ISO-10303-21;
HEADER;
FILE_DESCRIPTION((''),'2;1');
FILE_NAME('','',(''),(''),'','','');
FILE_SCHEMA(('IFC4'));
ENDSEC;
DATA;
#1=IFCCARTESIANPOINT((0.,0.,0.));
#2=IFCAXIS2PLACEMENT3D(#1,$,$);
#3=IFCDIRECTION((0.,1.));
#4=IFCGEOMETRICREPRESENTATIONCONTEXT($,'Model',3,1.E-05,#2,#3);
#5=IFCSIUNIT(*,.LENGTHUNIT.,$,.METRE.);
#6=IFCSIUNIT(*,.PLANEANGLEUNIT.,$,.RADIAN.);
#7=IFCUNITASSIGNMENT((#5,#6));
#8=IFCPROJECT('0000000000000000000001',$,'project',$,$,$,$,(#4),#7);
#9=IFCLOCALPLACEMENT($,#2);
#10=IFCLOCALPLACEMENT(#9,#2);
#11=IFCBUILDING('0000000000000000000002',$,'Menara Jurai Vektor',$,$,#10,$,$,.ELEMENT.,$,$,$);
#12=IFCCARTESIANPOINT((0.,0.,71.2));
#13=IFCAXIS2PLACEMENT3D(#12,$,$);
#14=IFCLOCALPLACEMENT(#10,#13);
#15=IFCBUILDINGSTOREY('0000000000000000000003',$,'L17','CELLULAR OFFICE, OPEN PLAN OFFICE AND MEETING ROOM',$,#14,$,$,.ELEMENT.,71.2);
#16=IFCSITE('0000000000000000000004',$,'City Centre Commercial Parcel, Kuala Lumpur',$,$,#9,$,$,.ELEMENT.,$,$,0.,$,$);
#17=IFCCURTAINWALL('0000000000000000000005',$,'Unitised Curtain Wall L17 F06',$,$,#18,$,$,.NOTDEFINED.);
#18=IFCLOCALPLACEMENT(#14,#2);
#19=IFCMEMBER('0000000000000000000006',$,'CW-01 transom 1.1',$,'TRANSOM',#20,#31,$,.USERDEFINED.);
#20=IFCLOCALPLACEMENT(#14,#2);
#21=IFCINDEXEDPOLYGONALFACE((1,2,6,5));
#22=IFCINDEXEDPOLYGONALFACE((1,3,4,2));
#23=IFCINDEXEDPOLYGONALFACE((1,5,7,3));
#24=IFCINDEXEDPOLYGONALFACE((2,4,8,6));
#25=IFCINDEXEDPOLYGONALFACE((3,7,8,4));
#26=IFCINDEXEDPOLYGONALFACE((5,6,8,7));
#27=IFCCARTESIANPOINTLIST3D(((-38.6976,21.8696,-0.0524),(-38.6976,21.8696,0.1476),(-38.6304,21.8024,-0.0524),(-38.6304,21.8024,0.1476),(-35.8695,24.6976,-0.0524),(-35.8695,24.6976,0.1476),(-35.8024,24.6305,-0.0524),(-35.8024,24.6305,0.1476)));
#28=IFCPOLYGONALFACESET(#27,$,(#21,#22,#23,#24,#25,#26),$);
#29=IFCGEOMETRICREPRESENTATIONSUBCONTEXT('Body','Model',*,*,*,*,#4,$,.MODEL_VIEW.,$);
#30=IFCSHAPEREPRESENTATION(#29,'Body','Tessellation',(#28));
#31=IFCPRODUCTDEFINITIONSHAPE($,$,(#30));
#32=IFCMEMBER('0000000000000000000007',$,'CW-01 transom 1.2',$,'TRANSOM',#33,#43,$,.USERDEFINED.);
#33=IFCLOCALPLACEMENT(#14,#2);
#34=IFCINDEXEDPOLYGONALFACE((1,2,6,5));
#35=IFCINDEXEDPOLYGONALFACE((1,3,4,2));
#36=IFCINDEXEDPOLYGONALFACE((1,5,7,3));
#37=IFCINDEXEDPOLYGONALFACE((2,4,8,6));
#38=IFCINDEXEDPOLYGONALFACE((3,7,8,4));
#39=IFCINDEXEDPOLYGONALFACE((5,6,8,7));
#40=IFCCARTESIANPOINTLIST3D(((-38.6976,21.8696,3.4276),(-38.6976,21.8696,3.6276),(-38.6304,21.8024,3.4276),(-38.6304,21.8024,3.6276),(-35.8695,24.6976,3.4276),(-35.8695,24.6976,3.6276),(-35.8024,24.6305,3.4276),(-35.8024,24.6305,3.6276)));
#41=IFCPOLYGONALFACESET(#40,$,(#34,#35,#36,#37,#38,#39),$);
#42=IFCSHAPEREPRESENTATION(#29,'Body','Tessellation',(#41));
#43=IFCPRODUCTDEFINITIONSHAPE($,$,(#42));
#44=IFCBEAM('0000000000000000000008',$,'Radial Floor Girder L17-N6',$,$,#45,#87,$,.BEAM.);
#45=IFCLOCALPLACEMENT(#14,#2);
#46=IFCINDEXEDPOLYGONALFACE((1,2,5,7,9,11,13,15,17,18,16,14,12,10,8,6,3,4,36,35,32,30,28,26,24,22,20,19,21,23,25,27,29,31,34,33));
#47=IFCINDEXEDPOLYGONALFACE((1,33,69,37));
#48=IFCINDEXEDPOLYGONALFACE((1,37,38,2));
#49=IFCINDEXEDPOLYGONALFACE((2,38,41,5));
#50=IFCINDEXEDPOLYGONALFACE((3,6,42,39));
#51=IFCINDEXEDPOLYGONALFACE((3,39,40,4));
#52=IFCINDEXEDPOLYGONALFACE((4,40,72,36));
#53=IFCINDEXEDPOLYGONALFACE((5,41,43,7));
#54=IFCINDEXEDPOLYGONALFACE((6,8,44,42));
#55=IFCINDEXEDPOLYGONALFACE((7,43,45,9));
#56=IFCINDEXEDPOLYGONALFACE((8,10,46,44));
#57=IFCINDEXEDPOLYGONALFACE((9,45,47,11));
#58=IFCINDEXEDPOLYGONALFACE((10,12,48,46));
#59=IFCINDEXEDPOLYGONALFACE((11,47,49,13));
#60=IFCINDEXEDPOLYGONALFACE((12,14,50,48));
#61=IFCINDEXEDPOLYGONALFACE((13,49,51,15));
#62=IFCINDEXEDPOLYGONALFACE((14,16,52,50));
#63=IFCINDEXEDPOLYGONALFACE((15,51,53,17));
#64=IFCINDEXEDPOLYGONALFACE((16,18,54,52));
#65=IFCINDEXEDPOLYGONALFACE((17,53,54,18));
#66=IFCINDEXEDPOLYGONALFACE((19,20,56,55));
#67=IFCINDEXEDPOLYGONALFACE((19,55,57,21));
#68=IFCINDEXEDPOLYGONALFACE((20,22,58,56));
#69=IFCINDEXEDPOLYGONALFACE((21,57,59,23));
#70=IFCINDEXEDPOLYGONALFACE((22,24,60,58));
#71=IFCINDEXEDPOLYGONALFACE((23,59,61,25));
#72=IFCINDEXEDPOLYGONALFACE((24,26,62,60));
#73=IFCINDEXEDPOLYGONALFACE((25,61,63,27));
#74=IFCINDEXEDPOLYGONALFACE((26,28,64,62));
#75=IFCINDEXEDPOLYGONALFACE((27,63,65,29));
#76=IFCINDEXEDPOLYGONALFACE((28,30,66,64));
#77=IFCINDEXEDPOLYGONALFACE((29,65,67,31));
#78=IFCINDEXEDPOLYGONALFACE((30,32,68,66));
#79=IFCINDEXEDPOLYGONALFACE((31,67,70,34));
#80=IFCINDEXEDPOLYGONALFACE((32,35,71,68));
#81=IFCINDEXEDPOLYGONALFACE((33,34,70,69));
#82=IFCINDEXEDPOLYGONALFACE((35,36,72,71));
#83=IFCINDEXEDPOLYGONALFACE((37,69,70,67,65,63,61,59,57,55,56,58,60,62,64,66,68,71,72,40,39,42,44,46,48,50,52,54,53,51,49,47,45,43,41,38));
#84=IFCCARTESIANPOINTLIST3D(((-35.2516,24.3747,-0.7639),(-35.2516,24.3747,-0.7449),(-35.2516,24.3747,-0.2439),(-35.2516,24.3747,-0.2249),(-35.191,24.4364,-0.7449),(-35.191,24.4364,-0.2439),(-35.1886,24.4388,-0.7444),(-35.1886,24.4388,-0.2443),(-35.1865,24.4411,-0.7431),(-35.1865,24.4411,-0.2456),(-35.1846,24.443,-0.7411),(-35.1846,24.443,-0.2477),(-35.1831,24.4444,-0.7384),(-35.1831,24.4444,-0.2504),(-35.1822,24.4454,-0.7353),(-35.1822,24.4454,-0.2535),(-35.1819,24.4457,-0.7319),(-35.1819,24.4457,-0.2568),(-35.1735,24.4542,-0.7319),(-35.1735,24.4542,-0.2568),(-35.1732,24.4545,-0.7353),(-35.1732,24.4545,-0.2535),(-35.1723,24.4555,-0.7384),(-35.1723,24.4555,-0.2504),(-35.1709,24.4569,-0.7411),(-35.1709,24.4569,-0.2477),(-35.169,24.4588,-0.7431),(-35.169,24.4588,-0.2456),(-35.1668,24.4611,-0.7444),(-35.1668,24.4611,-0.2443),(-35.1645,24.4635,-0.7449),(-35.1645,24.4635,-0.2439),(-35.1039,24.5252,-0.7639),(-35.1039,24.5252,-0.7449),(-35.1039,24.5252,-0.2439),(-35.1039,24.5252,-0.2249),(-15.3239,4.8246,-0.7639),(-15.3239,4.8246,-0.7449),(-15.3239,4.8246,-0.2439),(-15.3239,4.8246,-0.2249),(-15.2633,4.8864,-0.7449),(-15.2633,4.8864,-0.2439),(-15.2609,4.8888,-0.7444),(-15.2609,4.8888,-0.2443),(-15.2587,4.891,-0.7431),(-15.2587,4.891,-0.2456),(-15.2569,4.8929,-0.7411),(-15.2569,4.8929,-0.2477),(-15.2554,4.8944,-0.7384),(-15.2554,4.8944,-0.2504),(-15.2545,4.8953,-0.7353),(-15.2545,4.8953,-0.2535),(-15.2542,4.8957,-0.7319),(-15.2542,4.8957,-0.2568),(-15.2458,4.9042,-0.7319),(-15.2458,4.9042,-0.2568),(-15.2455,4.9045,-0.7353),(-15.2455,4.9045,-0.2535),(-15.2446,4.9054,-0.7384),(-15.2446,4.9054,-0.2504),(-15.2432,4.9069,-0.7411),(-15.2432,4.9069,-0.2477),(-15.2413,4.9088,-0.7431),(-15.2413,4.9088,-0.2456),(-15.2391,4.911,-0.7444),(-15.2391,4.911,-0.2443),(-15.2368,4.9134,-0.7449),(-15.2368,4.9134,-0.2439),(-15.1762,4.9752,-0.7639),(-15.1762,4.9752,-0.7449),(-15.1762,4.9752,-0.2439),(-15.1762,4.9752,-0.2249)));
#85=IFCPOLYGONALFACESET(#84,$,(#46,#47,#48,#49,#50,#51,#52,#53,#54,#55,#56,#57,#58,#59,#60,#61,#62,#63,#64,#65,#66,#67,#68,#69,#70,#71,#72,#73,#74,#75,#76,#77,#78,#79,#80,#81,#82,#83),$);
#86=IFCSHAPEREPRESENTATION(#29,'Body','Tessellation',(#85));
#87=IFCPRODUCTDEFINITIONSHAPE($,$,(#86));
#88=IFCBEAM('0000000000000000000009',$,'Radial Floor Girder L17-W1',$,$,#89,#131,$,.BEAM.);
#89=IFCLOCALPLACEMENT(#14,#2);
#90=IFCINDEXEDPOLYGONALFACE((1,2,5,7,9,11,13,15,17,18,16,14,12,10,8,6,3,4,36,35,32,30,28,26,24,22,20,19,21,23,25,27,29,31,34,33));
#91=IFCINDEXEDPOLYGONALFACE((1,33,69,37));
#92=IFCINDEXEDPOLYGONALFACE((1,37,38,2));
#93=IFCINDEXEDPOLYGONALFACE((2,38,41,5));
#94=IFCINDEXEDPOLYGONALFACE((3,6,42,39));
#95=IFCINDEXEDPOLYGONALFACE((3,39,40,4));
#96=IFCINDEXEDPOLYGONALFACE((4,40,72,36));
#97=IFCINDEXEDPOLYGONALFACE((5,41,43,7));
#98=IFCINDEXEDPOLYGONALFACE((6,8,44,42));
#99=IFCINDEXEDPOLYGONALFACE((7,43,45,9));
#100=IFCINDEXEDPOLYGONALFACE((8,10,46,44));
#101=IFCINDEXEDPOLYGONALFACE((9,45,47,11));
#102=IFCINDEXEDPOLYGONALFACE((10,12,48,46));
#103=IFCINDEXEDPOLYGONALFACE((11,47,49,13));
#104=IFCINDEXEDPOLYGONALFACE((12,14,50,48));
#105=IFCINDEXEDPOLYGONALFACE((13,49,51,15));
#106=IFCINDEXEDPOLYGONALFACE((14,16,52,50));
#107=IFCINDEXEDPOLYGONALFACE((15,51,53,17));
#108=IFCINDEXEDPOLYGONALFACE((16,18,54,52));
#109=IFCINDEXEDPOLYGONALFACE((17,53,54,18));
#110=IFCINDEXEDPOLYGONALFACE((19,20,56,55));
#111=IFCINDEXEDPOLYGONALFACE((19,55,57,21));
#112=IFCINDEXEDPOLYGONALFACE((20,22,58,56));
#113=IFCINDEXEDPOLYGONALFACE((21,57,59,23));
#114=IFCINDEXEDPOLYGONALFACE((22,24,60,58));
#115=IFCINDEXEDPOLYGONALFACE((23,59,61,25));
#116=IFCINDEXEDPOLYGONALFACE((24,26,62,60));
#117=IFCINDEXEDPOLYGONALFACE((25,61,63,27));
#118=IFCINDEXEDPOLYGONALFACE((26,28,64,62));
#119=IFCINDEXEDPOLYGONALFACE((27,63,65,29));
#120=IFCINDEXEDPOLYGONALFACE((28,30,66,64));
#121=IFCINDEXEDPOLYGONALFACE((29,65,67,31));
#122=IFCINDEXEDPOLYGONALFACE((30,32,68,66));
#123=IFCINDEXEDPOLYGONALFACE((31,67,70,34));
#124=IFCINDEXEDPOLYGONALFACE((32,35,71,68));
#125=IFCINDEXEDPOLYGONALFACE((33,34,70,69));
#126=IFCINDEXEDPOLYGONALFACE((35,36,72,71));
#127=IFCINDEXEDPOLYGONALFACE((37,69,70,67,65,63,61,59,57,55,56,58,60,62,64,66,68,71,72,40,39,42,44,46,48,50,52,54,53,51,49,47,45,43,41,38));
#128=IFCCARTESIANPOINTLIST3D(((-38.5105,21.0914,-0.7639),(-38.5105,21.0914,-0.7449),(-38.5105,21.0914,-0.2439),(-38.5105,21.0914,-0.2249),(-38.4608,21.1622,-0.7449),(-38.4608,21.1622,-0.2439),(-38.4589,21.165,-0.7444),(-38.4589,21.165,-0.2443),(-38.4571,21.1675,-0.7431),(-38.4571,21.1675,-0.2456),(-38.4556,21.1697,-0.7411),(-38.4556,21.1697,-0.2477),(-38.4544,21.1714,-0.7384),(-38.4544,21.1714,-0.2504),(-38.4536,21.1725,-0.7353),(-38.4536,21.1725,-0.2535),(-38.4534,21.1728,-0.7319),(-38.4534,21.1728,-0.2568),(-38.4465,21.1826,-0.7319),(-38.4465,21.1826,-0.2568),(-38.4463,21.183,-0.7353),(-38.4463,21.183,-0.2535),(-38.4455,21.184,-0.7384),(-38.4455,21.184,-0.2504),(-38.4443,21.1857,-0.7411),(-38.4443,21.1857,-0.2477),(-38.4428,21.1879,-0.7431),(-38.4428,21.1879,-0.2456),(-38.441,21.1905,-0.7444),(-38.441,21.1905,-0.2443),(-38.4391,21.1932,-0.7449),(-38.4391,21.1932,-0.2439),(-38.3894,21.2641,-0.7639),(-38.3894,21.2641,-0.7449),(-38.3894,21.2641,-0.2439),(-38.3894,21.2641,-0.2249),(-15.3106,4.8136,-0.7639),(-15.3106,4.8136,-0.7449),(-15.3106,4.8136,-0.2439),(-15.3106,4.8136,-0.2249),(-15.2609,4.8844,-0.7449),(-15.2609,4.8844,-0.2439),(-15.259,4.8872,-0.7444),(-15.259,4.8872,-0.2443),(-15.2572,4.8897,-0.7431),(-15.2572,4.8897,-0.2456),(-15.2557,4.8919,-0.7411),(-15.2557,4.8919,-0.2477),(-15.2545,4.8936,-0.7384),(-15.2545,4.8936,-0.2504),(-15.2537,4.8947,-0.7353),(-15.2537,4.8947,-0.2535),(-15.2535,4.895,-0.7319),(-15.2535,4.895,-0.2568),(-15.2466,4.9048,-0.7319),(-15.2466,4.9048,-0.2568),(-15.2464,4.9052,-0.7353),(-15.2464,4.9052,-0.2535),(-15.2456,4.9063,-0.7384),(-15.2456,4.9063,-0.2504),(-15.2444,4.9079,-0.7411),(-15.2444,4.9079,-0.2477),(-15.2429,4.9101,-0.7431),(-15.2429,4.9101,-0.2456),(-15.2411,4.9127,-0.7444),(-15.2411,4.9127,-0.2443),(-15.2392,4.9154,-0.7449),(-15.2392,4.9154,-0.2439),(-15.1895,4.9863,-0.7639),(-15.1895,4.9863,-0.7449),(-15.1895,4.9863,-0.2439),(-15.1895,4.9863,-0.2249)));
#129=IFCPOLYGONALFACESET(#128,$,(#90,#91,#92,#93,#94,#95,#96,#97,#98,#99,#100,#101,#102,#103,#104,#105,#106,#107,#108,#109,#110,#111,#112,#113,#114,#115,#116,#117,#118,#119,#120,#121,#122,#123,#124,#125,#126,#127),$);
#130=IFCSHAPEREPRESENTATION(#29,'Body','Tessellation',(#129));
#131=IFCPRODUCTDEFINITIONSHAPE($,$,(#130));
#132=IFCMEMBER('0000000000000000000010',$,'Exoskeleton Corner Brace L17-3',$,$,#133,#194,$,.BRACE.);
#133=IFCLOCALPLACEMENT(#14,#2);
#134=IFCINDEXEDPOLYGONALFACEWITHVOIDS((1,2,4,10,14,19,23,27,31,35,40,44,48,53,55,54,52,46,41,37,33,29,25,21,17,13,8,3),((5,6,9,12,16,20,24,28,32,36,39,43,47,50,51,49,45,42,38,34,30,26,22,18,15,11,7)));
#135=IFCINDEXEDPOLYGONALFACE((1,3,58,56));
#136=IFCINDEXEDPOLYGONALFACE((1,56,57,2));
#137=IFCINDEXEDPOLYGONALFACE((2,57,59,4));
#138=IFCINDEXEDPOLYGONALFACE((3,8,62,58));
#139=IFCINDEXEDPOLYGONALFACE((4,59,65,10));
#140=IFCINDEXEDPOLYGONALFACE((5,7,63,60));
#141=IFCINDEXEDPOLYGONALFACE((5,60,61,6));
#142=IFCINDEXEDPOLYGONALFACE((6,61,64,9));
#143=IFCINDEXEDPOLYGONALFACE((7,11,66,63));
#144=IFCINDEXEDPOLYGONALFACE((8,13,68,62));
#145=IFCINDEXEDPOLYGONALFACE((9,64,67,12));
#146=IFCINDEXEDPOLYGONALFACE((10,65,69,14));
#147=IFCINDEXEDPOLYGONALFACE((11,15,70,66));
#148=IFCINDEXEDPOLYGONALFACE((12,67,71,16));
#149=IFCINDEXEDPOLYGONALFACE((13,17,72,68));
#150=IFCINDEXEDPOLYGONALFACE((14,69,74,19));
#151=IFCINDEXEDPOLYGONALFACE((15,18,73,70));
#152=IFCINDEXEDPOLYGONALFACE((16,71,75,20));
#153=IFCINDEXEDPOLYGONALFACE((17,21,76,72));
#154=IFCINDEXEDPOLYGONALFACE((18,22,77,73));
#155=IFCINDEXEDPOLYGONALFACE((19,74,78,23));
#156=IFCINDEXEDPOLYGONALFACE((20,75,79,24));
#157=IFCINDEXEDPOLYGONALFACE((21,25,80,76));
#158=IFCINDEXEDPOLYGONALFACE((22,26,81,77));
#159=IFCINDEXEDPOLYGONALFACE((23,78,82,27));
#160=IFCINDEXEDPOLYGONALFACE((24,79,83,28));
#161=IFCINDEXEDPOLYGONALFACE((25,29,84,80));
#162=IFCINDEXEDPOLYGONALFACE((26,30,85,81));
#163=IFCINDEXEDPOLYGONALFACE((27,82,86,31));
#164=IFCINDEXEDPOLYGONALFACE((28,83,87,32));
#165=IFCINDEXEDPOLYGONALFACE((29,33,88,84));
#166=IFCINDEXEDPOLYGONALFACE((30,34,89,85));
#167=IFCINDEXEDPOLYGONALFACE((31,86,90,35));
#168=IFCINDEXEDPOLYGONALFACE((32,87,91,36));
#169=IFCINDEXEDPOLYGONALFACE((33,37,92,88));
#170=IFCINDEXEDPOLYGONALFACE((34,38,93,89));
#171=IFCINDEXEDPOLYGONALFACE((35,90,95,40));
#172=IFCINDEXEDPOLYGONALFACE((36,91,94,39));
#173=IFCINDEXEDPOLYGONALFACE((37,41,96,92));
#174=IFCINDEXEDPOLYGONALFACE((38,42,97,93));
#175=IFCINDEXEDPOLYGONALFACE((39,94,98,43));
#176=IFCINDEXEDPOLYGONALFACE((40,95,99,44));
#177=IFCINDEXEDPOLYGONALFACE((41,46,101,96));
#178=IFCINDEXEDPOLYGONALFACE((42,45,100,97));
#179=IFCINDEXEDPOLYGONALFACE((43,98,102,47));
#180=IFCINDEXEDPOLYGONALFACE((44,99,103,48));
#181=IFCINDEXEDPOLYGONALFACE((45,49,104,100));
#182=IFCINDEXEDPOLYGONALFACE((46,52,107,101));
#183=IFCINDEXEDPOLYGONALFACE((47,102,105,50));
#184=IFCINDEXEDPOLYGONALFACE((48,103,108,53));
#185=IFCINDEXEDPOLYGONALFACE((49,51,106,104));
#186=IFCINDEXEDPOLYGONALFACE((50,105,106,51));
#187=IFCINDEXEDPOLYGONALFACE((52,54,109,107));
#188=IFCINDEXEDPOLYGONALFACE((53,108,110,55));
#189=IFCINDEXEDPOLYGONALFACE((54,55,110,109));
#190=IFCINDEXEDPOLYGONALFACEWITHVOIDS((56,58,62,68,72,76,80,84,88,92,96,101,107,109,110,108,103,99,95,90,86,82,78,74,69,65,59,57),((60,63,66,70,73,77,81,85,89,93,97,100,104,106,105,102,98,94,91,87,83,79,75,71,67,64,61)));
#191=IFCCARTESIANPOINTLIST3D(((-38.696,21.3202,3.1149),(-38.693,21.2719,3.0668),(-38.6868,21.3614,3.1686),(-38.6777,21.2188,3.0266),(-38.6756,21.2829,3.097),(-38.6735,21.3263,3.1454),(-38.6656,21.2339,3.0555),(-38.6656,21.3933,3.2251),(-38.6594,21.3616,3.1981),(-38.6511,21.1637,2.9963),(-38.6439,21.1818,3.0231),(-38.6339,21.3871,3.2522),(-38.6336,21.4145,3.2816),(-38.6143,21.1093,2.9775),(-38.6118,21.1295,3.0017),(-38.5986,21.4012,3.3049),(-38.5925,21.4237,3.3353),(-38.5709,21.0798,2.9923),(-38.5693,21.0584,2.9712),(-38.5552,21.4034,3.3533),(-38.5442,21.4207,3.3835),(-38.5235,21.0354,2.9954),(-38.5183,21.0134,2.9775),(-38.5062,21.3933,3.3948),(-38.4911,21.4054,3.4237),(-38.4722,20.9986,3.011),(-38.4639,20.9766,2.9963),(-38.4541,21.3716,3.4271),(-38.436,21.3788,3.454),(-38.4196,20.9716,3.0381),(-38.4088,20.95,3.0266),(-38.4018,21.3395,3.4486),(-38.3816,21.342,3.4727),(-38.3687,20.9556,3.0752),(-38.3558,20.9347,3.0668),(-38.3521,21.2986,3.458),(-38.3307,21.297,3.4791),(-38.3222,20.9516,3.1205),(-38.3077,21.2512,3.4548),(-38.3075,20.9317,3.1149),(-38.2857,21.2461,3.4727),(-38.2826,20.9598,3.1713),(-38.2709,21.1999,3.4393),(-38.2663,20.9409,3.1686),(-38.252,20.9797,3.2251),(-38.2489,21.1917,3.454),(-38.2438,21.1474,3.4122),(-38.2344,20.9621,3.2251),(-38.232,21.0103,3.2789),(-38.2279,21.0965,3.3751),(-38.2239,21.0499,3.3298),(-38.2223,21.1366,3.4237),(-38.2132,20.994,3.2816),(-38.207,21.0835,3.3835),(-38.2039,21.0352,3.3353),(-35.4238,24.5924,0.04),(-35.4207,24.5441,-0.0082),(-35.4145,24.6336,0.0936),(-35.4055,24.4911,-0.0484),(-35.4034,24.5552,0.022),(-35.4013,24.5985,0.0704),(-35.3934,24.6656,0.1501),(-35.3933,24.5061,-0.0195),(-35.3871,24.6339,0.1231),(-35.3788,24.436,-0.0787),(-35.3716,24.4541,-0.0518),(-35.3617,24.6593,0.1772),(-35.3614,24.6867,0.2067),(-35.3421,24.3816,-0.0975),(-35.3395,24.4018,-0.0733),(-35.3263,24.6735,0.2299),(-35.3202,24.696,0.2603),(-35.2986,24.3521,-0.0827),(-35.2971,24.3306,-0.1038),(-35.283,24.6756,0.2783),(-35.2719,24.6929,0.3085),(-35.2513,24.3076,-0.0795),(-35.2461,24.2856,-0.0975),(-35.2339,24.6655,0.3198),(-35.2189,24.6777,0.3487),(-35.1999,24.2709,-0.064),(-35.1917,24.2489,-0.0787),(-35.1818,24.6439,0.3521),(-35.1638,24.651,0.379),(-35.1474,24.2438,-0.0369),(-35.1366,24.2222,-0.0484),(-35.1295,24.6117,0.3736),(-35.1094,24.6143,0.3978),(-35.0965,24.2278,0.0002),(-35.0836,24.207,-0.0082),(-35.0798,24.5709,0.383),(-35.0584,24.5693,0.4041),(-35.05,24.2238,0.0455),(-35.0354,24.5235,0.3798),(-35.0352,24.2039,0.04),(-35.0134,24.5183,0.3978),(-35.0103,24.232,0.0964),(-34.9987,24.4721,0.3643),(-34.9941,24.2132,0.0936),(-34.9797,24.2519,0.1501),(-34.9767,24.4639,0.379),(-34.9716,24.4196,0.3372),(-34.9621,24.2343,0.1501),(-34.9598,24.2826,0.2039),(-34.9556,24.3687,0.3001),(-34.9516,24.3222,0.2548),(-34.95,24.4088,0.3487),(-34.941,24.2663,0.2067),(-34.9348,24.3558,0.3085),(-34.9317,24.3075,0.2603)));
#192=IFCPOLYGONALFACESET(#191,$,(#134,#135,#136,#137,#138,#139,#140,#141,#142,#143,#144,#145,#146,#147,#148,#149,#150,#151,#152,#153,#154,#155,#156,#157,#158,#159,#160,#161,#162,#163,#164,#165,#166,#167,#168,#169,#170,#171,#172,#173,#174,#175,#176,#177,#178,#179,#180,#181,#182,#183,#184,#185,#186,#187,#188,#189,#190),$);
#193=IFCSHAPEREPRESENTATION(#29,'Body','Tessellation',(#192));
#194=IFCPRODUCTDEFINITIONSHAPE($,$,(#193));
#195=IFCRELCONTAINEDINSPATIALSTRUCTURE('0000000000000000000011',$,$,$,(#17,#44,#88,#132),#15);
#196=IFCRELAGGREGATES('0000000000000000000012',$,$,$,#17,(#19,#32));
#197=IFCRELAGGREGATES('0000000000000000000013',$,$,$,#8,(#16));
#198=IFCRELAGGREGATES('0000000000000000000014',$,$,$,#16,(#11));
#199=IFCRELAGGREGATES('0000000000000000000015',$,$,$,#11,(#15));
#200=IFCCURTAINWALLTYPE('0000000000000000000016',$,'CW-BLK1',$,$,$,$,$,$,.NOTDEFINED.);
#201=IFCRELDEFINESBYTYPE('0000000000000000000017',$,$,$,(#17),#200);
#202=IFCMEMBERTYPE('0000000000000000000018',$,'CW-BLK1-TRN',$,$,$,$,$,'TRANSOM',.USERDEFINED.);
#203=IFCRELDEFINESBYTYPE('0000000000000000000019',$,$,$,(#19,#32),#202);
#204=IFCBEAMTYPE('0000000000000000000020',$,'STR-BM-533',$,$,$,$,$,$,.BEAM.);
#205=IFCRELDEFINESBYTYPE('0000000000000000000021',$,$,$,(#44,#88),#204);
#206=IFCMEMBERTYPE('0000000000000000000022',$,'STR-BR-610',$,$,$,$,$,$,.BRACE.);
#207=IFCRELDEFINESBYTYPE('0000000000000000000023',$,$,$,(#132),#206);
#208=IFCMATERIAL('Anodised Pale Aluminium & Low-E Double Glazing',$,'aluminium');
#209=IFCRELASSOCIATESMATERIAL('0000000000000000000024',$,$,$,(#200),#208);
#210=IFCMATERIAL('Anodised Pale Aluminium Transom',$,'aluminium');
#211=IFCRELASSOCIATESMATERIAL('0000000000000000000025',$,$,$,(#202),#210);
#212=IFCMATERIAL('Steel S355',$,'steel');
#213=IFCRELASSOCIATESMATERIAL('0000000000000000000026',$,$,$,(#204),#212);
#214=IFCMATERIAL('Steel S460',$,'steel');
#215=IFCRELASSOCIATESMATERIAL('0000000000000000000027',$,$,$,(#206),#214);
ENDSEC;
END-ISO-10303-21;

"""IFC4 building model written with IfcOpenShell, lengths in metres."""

from ifc_helpers import new_model, si_unit, direction, frame, origin, origin_2d, place, context, subcontext, project, spatial, rectangle, hollow_circle, i_section, extrude, material, material_profile, profile_set, type_object, element, aggregate, save


model = new_model("IFC4")

# Units and contexts
model_context = context("Model", 3, precision=1e-05, world=origin(), true_north=direction((0.0, 1.0)))
body_context = subcontext(model_context, "Body", "Model", "MODEL_VIEW")
ifc_project = project(units=[si_unit("LENGTHUNIT", "METRE"), si_unit("PLANEANGLEUNIT", "RADIAN")], contexts=[model_context])

# Site, building, storey
site_placement = place(None, origin())
site = spatial("IfcSite", under=ifc_project, at=site_placement, Name="City Centre Commercial Parcel, Kuala Lumpur", CompositionType="ELEMENT", RefElevation=0.0)
building_placement = place(site_placement, origin())
building = spatial("IfcBuilding", under=site, at=building_placement, Name="Menara Jurai Vektor", CompositionType="ELEMENT")
storey_placement = place(building_placement, frame((0.0, 0.0, 71.2)))
storey = spatial("IfcBuildingStorey", under=building, at=storey_placement, Name="L17", Description="CELLULAR OFFICE, OPEN PLAN OFFICE AND MEETING ROOM", CompositionType="ELEMENT", Elevation=71.2)

# Shared definitions
ifc_material_1 = material(Name="Steel S460", Category="steel")

# Curtain wall
ifc_material_2 = material(Name="Anodised Pale Aluminium & Low-E Double Glazing", Category="aluminium")
curtain_wall_type = type_object("IfcCurtainWallType", Name="CW-BLK1", PredefinedType="NOTDEFINED", material=ifc_material_2)
curtain_wall_1_placement = place(storey_placement, origin())
curtain_wall_1 = element("IfcCurtainWall", 1, at=curtain_wall_1_placement, inside=storey, type_object=curtain_wall_type, Name="Unitised Curtain Wall L17 F06", PredefinedType="NOTDEFINED")

# Members
ifc_material_3 = material(Name="Anodised Pale Aluminium Transom", Category="aluminium")
ifc_material_profile_1 = material_profile(ifc_material_3, rectangle(XDim=0.095, YDim=0.2, at=origin_2d()), Name="ALU TRN 95x200")
ifc_profile_set_1 = profile_set([ifc_material_profile_1], Name="Anodised Pale Aluminium Transom")
member_type_1 = type_object("IfcMemberType", Name="CW-BLK1-TRN", ElementType="TRANSOM", PredefinedType="USERDEFINED", material=ifc_profile_set_1)
member_1_placement = place(storey_placement, frame((-35.8359, 24.6641, 0.0476), z_axis=(-0.707107, -0.707107, 0.0), x_axis=(0.707107, -0.707107, 0.0)))
member_1 = element("IfcMember", 2, at=member_1_placement, type_object=member_type_1, Name="CW-01 transom 1.1", ObjectType="TRANSOM", PredefinedType="USERDEFINED", context=body_context, shape_type="SweptSolid", body=[
    extrude(rectangle(XDim=0.095, YDim=0.2, at=origin_2d()), origin(), (0.0, 0.0, 1.0), 3.9995),
])
member_2_placement = place(storey_placement, frame((-35.8359, 24.6641, 3.5276), z_axis=(-0.707107, -0.707107, 0.0), x_axis=(0.707107, -0.707107, 0.0)))
member_2 = element("IfcMember", 3, at=member_2_placement, type_object=member_type_1, Name="CW-01 transom 1.2", ObjectType="TRANSOM", PredefinedType="USERDEFINED", context=body_context, shape_type="SweptSolid", body=[
    extrude(rectangle(XDim=0.095, YDim=0.2, at=origin_2d()), origin(), (0.0, 0.0, 1.0), 3.9995),
])

# Beams
ifc_material_4 = material(Name="Steel S355", Category="steel")
ifc_material_profile_2 = material_profile(ifc_material_4, i_section(OverallWidth=0.2109, OverallDepth=0.5391, WebThickness=0.012, FlangeThickness=0.019, FilletRadius=0.0129, at=origin_2d()), Name="UKB 533x210x109")
ifc_profile_set_2 = profile_set([ifc_material_profile_2], Name="Steel S355")
beam_type_1 = type_object("IfcBeamType", Name="STR-BM-533", PredefinedType="BEAM", material=ifc_profile_set_2)
beam_1_placement = place(storey_placement, frame((-35.1777, 24.45, -0.4944), z_axis=(0.713839, -0.70031, 0.0), x_axis=(0.70031, 0.713839, 0.0)))
element("IfcBeam", 4, at=beam_1_placement, inside=storey, type_object=beam_type_1, Name="Radial Floor Girder L17-N6", PredefinedType="BEAM", context=body_context, shape_type="SweptSolid", body=[
    extrude(i_section(OverallWidth=0.2109, OverallDepth=0.5391, WebThickness=0.012, FlangeThickness=0.019, FilletRadius=0.0129, at=origin_2d()), origin(), (0.0, 0.0, 1.0), 27.9163),
])
beam_2_placement = place(storey_placement, frame((-38.45, 21.1777, -0.4944), z_axis=(0.818604, -0.574359, 0.0), x_axis=(0.574359, 0.818604, 0.0)))
element("IfcBeam", 5, at=beam_2_placement, inside=storey, type_object=beam_type_1, Name="Radial Floor Girder L17-W1", PredefinedType="BEAM", context=body_context, shape_type="SweptSolid", body=[
    extrude(i_section(OverallWidth=0.2109, OverallDepth=0.5391, WebThickness=0.012, FlangeThickness=0.019, FilletRadius=0.0129, at=origin_2d()), origin(), (0.0, 0.0, 1.0), 28.3408),
])

# Member
ifc_material_profile_3 = material_profile(ifc_material_1, hollow_circle(Radius=0.3049, WallThickness=0.0249, at=origin_2d()), Name="CHS 610x25")
ifc_profile_set_3 = profile_set([ifc_material_profile_3], Name="Steel S460")
member_type_2 = type_object("IfcMemberType", Name="STR-BR-610", PredefinedType="BRACE", material=ifc_profile_set_3)
member_3_placement = place(storey_placement, frame((-35.1777, 24.45, 0.1501), z_axis=(-0.588942, -0.588942, 0.553438), x_axis=(0.707107, -0.707107, 0.0)))
element("IfcMember", 6, at=member_3_placement, inside=storey, type_object=member_type_2, Name="Exoskeleton Corner Brace L17-3", PredefinedType="BRACE", context=body_context, shape_type="SweptSolid", body=[
    extrude(hollow_circle(Radius=0.3049, WallThickness=0.0249, at=origin_2d()), origin(), (0.0, 0.0, 1.0), 5.5562),
])

aggregate(curtain_wall_1, [member_1, member_2])

save(model, "model.ifc")
